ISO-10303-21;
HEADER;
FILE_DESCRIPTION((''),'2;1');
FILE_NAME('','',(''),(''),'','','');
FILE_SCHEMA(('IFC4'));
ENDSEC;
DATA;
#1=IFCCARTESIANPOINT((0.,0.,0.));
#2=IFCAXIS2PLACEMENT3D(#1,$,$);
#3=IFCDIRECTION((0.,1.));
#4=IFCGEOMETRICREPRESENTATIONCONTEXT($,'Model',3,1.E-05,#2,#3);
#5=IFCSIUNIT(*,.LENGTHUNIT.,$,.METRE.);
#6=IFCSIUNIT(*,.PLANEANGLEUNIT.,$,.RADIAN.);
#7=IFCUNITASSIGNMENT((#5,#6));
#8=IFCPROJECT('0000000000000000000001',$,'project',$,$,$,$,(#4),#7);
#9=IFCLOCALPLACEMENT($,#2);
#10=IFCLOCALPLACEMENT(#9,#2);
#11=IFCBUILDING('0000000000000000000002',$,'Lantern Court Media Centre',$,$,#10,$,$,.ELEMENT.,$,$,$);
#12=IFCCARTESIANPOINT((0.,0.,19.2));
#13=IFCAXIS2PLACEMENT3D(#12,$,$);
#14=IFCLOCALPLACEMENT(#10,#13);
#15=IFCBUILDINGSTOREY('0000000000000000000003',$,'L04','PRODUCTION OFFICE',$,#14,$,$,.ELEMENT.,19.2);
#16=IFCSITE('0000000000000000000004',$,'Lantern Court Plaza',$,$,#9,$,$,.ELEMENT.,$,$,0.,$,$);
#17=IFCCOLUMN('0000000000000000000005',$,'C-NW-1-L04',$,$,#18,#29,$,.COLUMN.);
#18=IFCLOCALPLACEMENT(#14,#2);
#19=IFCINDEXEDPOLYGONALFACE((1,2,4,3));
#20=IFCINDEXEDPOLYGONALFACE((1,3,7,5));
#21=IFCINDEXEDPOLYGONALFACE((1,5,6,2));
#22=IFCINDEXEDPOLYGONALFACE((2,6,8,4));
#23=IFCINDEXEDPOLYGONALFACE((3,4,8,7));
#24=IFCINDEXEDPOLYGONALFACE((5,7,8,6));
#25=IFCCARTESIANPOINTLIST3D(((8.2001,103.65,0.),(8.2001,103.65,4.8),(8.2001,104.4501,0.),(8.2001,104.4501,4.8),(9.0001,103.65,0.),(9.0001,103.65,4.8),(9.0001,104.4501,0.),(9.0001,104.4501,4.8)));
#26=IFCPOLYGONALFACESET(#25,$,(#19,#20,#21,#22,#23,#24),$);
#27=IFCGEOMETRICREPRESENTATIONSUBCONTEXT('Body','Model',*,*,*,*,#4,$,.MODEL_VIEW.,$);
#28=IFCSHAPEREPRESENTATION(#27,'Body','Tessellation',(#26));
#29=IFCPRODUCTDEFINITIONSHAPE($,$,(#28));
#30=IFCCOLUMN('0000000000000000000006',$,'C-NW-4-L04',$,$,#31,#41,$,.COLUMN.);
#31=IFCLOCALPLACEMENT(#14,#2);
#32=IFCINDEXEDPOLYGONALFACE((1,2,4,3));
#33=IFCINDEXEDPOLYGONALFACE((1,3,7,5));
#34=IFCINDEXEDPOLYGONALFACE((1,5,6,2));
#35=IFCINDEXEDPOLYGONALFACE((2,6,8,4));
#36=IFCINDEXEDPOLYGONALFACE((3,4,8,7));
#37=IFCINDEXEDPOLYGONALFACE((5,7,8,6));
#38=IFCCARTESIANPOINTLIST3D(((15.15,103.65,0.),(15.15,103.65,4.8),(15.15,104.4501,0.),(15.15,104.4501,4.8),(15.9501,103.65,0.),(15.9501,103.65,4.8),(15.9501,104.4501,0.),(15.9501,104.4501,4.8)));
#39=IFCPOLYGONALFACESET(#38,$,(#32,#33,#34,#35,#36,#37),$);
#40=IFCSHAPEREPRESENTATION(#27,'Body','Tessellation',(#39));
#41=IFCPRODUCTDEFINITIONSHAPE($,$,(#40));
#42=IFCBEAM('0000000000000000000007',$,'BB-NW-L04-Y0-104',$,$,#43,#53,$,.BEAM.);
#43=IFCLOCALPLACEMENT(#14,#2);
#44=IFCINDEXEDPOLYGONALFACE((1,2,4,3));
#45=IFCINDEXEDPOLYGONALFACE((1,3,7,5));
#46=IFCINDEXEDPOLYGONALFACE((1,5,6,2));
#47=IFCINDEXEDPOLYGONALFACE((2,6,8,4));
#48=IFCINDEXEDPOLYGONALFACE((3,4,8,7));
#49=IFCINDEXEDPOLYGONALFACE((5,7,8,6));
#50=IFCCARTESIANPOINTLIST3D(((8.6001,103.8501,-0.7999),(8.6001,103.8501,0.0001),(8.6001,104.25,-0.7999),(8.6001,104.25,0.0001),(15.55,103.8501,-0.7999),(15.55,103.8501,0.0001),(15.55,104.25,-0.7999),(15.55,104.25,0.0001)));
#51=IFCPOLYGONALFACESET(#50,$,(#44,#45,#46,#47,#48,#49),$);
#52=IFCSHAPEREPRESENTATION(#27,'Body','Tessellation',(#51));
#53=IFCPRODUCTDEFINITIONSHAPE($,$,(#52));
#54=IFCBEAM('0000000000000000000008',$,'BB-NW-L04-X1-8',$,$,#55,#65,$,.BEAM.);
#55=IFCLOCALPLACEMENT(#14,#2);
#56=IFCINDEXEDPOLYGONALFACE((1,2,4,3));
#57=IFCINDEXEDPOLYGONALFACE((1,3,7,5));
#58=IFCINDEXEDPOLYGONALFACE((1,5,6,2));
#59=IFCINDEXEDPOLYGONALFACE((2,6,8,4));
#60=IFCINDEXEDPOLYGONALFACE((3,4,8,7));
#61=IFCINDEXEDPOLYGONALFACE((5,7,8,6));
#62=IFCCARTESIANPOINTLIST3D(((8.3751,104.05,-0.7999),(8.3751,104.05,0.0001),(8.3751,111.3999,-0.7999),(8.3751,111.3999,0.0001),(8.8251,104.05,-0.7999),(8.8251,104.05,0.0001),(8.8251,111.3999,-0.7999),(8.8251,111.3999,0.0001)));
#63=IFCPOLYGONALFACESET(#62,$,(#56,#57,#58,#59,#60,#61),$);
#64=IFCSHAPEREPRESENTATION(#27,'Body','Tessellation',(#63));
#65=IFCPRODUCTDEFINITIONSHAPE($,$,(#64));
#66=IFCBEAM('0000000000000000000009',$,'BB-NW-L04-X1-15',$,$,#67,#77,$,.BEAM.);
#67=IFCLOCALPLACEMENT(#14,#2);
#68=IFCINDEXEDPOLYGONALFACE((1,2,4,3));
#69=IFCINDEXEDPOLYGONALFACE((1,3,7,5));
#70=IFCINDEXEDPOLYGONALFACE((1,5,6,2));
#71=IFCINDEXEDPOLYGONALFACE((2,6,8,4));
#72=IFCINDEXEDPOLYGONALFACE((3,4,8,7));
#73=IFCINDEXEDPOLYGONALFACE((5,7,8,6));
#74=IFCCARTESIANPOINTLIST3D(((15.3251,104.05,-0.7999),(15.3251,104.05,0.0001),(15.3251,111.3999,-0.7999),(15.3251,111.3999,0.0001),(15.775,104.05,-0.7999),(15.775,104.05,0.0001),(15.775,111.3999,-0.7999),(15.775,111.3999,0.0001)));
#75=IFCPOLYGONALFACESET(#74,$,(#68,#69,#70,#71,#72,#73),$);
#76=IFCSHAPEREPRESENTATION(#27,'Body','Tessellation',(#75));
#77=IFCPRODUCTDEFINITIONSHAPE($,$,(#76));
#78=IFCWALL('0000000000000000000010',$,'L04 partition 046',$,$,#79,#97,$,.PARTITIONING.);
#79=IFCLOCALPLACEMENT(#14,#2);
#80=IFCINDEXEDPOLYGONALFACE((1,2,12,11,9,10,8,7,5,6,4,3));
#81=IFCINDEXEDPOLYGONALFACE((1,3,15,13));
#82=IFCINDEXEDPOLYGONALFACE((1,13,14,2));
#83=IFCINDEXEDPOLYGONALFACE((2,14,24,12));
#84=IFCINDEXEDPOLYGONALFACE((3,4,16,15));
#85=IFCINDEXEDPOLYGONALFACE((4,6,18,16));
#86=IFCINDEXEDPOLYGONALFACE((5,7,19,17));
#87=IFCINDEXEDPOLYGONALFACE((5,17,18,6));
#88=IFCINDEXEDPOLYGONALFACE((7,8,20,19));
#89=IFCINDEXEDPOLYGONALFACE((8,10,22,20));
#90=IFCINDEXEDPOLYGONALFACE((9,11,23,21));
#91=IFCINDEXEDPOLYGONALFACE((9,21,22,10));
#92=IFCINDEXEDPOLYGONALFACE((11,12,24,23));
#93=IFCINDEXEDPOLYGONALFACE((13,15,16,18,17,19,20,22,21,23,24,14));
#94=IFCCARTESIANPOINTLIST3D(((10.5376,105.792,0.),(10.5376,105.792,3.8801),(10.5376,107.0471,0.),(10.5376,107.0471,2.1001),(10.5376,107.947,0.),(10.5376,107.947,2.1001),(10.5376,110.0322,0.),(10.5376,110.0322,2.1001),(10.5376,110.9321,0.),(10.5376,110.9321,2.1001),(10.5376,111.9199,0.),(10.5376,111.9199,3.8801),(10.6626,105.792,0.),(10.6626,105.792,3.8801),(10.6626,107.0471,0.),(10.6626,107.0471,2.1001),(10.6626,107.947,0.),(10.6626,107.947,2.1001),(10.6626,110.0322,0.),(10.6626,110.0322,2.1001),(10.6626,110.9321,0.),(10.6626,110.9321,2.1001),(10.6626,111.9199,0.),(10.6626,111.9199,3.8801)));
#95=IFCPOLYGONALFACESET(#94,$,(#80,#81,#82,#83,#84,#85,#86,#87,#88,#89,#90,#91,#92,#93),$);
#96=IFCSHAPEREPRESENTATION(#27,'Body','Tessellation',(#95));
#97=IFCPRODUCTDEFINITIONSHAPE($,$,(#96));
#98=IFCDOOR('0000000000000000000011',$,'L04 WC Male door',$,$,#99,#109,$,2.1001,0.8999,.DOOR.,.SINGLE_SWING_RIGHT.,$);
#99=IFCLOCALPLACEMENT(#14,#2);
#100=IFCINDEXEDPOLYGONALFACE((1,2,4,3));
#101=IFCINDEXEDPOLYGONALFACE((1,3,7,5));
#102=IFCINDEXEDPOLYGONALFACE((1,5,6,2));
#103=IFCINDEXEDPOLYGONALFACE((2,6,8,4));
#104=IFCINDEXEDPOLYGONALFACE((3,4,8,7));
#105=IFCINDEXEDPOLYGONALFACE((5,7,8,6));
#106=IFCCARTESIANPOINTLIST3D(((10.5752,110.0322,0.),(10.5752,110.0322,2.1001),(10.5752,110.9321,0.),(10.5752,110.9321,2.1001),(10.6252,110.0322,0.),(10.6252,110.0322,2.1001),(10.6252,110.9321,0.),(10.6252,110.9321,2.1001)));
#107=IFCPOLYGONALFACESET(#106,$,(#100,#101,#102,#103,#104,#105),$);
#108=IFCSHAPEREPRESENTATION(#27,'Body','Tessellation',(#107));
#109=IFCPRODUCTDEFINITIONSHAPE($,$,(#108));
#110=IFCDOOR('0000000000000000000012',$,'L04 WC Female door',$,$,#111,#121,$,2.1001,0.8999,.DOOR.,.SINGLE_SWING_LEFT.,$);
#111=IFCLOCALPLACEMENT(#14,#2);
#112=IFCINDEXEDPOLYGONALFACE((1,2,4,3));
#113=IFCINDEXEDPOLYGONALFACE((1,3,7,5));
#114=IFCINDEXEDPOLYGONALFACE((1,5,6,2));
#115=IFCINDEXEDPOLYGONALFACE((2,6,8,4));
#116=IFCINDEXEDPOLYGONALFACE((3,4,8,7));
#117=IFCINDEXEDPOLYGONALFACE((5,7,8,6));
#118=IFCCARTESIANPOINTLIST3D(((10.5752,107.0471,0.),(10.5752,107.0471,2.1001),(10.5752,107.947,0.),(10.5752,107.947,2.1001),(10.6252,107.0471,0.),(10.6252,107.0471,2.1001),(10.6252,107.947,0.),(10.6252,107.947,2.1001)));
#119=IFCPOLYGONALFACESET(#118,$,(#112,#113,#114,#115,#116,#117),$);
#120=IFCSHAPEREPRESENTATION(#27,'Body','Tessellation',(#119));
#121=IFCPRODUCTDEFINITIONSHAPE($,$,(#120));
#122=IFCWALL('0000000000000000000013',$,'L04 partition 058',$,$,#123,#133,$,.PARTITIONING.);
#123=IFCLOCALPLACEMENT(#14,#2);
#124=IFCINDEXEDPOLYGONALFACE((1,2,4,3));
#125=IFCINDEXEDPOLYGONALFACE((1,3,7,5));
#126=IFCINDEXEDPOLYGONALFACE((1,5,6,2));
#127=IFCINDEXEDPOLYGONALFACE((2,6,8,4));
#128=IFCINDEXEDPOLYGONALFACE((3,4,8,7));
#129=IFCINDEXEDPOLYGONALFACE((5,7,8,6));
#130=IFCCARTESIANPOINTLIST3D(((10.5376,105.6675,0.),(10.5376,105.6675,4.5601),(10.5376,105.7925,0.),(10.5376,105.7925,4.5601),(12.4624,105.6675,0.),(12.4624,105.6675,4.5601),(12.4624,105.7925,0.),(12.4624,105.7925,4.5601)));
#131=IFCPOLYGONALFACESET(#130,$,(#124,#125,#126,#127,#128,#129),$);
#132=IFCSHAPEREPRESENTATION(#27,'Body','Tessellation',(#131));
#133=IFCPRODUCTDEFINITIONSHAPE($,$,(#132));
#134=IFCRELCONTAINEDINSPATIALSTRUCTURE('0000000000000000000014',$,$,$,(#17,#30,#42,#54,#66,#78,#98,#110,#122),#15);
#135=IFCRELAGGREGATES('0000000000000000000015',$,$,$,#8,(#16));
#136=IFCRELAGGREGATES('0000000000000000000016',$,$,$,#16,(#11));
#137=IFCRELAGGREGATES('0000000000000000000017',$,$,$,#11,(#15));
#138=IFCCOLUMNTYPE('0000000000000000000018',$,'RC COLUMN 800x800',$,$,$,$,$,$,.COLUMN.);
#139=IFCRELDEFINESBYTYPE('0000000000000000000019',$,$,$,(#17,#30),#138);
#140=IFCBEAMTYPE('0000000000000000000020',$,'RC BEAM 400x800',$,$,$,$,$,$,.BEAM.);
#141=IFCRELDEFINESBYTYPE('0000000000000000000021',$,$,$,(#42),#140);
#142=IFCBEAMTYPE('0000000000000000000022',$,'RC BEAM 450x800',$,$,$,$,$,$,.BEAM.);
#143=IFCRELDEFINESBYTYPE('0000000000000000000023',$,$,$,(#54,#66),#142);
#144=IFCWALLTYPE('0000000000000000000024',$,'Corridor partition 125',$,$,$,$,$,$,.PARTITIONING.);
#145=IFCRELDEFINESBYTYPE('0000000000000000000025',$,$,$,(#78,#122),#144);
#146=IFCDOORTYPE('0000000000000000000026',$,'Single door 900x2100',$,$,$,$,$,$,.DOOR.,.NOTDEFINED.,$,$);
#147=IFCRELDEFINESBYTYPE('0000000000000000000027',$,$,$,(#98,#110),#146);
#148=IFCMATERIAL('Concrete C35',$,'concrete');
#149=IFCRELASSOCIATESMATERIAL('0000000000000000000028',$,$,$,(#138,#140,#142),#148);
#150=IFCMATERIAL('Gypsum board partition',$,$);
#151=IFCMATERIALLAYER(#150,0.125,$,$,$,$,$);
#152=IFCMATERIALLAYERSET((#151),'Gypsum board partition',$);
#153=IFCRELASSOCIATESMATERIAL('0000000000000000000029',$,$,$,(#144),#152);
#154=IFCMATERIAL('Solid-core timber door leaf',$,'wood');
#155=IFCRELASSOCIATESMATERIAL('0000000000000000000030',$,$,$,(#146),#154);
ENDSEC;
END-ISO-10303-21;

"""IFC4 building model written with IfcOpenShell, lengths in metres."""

from ifc_helpers import new_model, si_unit, direction, frame, frame_2d, origin, origin_2d, place, context, subcontext, project, spatial, rectangle, extrude, material, layer, layer_set, material_profile, profile_set, type_object, element, fill, save


model = new_model("IFC4")

# Units and contexts
model_context = context("Model", 3, precision=1e-05, world=origin(), true_north=direction((0.0, 1.0)))
body_context = subcontext(model_context, "Body", "Model", "MODEL_VIEW")
ifc_project = project(units=[si_unit("LENGTHUNIT", "METRE"), si_unit("PLANEANGLEUNIT", "RADIAN")], contexts=[model_context])

# Site, building, storey
site_placement = place(None, origin())
site = spatial("IfcSite", under=ifc_project, at=site_placement, Name="Lantern Court Plaza", CompositionType="ELEMENT", RefElevation=0.0)
building_placement = place(site_placement, origin())
building = spatial("IfcBuilding", under=site, at=building_placement, Name="Lantern Court Media Centre", CompositionType="ELEMENT")
storey_placement = place(building_placement, frame((0.0, 0.0, 19.2)))
storey = spatial("IfcBuildingStorey", under=building, at=storey_placement, Name="L04", Description="PRODUCTION OFFICE", CompositionType="ELEMENT", Elevation=19.2)

# Columns
ifc_material_1 = material(Name="Concrete C35", Category="concrete")
ifc_material_profile_1 = material_profile(ifc_material_1, rectangle(XDim=0.8, YDim=0.8, at=origin_2d()), Name="RC 800x800")
ifc_profile_set_1 = profile_set([ifc_material_profile_1], Name="Concrete C35")
column_type = type_object("IfcColumnType", Name="RC COLUMN 800x800", PredefinedType="COLUMN", material=ifc_profile_set_1)
for number, where, z_axis, x_axis, name in (
    (1, (8.6001, 104.05, 0.0), (0.0, 0.0, 1.0), (1.0, 0.0, 0.0), "C-NW-1-L04"),
    (2, (15.55, 104.05, 0.0), (0.0, 0.0, 1.0), (1.0, 0.0, 0.0), "C-NW-4-L04"),
):
    element("IfcColumn", number, at=place(storey_placement, frame(where, z_axis=z_axis, x_axis=x_axis)), inside=storey, type_object=column_type, Name=name, PredefinedType="COLUMN", context=body_context, shape_type="SweptSolid", body=[
        extrude(rectangle(XDim=0.8, YDim=0.8, at=origin_2d()), origin(), (0.0, 0.0, 1.0), 4.8),
    ])

# Beams
ifc_material_profile_2 = material_profile(ifc_material_1, rectangle(XDim=0.3999, YDim=0.8, at=origin_2d()), Name="RC 400x800")
ifc_profile_set_2 = profile_set([ifc_material_profile_2], Name="Concrete C35")
beam_type_1 = type_object("IfcBeamType", Name="RC BEAM 400x800", PredefinedType="BEAM", material=ifc_profile_set_2)
beam_placement = place(storey_placement, frame((8.6001, 104.05, -0.3999), z_axis=(1.0, 0.0, 0.0), x_axis=(0.0, 1.0, 0.0)))
element("IfcBeam", 3, at=beam_placement, inside=storey, type_object=beam_type_1, Name="BB-NW-L04-Y0-104", PredefinedType="BEAM", context=body_context, shape_type="SweptSolid", body=[
    extrude(rectangle(XDim=0.3999, YDim=0.8, at=origin_2d()), origin(), (0.0, 0.0, 1.0), 6.95),
])
ifc_material_profile_3 = material_profile(ifc_material_1, rectangle(XDim=0.45, YDim=0.8, at=origin_2d()), Name="RC 450x800")
ifc_profile_set_3 = profile_set([ifc_material_profile_3], Name="Concrete C35")
beam_type_2 = type_object("IfcBeamType", Name="RC BEAM 450x800", PredefinedType="BEAM", material=ifc_profile_set_3)
for number, where, z_axis, x_axis, name in (
    (4, (8.6001, 104.05, -0.3999), (0.0, 1.0, 0.0), (-1.0, 0.0, 0.0), "BB-NW-L04-X1-8"),
    (5, (15.55, 104.05, -0.3999), (0.0, 1.0, 0.0), (-1.0, 0.0, 0.0), "BB-NW-L04-X1-15"),
):
    element("IfcBeam", number, at=place(storey_placement, frame(where, z_axis=z_axis, x_axis=x_axis)), inside=storey, type_object=beam_type_2, Name=name, PredefinedType="BEAM", context=body_context, shape_type="SweptSolid", body=[
        extrude(rectangle(XDim=0.45, YDim=0.8, at=origin_2d()), origin(), (0.0, 0.0, 1.0), 7.3499),
    ])

# Wall, openings, doors
ifc_material_2 = material(Name="Gypsum board partition")
ifc_layer_1 = layer(ifc_material_2, 0.125)
ifc_layer_set_1 = layer_set([ifc_layer_1], Name="Gypsum board partition")
wall_type_1 = type_object("IfcWallType", Name="Corridor partition 125", PredefinedType="PARTITIONING", material=ifc_layer_set_1)
wall_1_placement = place(storey_placement, frame((10.6001, 105.792, 0.0), z_axis=(0.0, 0.0, 1.0), x_axis=(0.0, 1.0, 0.0)))
wall_1 = element("IfcWall", 6, at=wall_1_placement, inside=storey, type_object=wall_type_1, Name="L04 partition 046", PredefinedType="PARTITIONING", context=body_context, shape_type="SweptSolid", body=[
    extrude(rectangle(XDim=6.1279, YDim=0.125, at=frame_2d((3.064, 0.0))), origin(), (0.0, 0.0, 1.0), 3.8801),
])
opening_1_placement = place(wall_1_placement, frame((4.2402, 0.0, 0.0)))
opening_1 = element("IfcOpeningElement", 7, at=opening_1_placement, cuts=wall_1, PredefinedType="OPENING", context=body_context, shape_type="SweptSolid", body=[
    extrude(rectangle(XDim=0.8999, YDim=2.1001, at=frame_2d((0.45, 1.05))), frame((0.0, 0.0725, 0.0), z_axis=(0.0, -1.0, 0.0), x_axis=(1.0, 0.0, 0.0)), (0.0, 0.0, 1.0), 0.145),
])
opening_2_placement = place(wall_1_placement, frame((1.2551, 0.0, 0.0)))
opening_2 = element("IfcOpeningElement", 8, at=opening_2_placement, cuts=wall_1, PredefinedType="OPENING", context=body_context, shape_type="SweptSolid", body=[
    extrude(rectangle(XDim=0.8999, YDim=2.1001, at=frame_2d((0.45, 1.05))), frame((0.0, 0.0725, 0.0), z_axis=(0.0, -1.0, 0.0), x_axis=(1.0, 0.0, 0.0)), (0.0, 0.0, 1.0), 0.145),
])
ifc_material_3 = material(Name="Solid-core timber door leaf", Category="wood")
door_type_1 = type_object("IfcDoorType", Name="Single door 900x2100", OperationType="NOTDEFINED", PredefinedType="DOOR", material=ifc_material_3)
door_1_placement = place(opening_1_placement, origin())
door_1 = element("IfcDoor", 9, at=door_1_placement, inside=storey, type_object=door_type_1, Name="L04 WC Male door", OperationType="SINGLE_SWING_RIGHT", OverallHeight=2.1001, OverallWidth=0.8999, PredefinedType="DOOR", context=body_context, shape_type="SweptSolid", body=[
    extrude(rectangle(XDim=0.8999, YDim=2.1001, at=frame_2d((0.45, 1.05))), frame((0.0, 0.0249, 0.0), z_axis=(0.0, -1.0, 0.0), x_axis=(1.0, 0.0, 0.0)), (0.0, 0.0, 1.0), 0.05),
])
fill(opening_1, door_1)
door_2_placement = place(opening_2_placement, origin())
door_2 = element("IfcDoor", 10, at=door_2_placement, inside=storey, type_object=door_type_1, Name="L04 WC Female door", OperationType="SINGLE_SWING_LEFT", OverallHeight=2.1001, OverallWidth=0.8999, PredefinedType="DOOR", context=body_context, shape_type="SweptSolid", body=[
    extrude(rectangle(XDim=0.8999, YDim=2.1001, at=frame_2d((0.45, 1.05))), frame((0.0, 0.0249, 0.0), z_axis=(0.0, -1.0, 0.0), x_axis=(1.0, 0.0, 0.0)), (0.0, 0.0, 1.0), 0.05),
])
fill(opening_2, door_2)

# Wall
wall_2_placement = place(storey_placement, frame((10.5376, 105.73, 0.0), z_axis=(0.0, 0.0, 1.0), x_axis=(1.0, 0.0, 0.0)))
element("IfcWall", 11, at=wall_2_placement, inside=storey, type_object=wall_type_1, Name="L04 partition 058", PredefinedType="PARTITIONING", context=body_context, shape_type="SweptSolid", body=[
    extrude(rectangle(XDim=1.9248, YDim=0.125, at=frame_2d((0.9624, 0.0))), origin(), (0.0, 0.0, 1.0), 4.5601),
])

save(model, "model.ifc")
